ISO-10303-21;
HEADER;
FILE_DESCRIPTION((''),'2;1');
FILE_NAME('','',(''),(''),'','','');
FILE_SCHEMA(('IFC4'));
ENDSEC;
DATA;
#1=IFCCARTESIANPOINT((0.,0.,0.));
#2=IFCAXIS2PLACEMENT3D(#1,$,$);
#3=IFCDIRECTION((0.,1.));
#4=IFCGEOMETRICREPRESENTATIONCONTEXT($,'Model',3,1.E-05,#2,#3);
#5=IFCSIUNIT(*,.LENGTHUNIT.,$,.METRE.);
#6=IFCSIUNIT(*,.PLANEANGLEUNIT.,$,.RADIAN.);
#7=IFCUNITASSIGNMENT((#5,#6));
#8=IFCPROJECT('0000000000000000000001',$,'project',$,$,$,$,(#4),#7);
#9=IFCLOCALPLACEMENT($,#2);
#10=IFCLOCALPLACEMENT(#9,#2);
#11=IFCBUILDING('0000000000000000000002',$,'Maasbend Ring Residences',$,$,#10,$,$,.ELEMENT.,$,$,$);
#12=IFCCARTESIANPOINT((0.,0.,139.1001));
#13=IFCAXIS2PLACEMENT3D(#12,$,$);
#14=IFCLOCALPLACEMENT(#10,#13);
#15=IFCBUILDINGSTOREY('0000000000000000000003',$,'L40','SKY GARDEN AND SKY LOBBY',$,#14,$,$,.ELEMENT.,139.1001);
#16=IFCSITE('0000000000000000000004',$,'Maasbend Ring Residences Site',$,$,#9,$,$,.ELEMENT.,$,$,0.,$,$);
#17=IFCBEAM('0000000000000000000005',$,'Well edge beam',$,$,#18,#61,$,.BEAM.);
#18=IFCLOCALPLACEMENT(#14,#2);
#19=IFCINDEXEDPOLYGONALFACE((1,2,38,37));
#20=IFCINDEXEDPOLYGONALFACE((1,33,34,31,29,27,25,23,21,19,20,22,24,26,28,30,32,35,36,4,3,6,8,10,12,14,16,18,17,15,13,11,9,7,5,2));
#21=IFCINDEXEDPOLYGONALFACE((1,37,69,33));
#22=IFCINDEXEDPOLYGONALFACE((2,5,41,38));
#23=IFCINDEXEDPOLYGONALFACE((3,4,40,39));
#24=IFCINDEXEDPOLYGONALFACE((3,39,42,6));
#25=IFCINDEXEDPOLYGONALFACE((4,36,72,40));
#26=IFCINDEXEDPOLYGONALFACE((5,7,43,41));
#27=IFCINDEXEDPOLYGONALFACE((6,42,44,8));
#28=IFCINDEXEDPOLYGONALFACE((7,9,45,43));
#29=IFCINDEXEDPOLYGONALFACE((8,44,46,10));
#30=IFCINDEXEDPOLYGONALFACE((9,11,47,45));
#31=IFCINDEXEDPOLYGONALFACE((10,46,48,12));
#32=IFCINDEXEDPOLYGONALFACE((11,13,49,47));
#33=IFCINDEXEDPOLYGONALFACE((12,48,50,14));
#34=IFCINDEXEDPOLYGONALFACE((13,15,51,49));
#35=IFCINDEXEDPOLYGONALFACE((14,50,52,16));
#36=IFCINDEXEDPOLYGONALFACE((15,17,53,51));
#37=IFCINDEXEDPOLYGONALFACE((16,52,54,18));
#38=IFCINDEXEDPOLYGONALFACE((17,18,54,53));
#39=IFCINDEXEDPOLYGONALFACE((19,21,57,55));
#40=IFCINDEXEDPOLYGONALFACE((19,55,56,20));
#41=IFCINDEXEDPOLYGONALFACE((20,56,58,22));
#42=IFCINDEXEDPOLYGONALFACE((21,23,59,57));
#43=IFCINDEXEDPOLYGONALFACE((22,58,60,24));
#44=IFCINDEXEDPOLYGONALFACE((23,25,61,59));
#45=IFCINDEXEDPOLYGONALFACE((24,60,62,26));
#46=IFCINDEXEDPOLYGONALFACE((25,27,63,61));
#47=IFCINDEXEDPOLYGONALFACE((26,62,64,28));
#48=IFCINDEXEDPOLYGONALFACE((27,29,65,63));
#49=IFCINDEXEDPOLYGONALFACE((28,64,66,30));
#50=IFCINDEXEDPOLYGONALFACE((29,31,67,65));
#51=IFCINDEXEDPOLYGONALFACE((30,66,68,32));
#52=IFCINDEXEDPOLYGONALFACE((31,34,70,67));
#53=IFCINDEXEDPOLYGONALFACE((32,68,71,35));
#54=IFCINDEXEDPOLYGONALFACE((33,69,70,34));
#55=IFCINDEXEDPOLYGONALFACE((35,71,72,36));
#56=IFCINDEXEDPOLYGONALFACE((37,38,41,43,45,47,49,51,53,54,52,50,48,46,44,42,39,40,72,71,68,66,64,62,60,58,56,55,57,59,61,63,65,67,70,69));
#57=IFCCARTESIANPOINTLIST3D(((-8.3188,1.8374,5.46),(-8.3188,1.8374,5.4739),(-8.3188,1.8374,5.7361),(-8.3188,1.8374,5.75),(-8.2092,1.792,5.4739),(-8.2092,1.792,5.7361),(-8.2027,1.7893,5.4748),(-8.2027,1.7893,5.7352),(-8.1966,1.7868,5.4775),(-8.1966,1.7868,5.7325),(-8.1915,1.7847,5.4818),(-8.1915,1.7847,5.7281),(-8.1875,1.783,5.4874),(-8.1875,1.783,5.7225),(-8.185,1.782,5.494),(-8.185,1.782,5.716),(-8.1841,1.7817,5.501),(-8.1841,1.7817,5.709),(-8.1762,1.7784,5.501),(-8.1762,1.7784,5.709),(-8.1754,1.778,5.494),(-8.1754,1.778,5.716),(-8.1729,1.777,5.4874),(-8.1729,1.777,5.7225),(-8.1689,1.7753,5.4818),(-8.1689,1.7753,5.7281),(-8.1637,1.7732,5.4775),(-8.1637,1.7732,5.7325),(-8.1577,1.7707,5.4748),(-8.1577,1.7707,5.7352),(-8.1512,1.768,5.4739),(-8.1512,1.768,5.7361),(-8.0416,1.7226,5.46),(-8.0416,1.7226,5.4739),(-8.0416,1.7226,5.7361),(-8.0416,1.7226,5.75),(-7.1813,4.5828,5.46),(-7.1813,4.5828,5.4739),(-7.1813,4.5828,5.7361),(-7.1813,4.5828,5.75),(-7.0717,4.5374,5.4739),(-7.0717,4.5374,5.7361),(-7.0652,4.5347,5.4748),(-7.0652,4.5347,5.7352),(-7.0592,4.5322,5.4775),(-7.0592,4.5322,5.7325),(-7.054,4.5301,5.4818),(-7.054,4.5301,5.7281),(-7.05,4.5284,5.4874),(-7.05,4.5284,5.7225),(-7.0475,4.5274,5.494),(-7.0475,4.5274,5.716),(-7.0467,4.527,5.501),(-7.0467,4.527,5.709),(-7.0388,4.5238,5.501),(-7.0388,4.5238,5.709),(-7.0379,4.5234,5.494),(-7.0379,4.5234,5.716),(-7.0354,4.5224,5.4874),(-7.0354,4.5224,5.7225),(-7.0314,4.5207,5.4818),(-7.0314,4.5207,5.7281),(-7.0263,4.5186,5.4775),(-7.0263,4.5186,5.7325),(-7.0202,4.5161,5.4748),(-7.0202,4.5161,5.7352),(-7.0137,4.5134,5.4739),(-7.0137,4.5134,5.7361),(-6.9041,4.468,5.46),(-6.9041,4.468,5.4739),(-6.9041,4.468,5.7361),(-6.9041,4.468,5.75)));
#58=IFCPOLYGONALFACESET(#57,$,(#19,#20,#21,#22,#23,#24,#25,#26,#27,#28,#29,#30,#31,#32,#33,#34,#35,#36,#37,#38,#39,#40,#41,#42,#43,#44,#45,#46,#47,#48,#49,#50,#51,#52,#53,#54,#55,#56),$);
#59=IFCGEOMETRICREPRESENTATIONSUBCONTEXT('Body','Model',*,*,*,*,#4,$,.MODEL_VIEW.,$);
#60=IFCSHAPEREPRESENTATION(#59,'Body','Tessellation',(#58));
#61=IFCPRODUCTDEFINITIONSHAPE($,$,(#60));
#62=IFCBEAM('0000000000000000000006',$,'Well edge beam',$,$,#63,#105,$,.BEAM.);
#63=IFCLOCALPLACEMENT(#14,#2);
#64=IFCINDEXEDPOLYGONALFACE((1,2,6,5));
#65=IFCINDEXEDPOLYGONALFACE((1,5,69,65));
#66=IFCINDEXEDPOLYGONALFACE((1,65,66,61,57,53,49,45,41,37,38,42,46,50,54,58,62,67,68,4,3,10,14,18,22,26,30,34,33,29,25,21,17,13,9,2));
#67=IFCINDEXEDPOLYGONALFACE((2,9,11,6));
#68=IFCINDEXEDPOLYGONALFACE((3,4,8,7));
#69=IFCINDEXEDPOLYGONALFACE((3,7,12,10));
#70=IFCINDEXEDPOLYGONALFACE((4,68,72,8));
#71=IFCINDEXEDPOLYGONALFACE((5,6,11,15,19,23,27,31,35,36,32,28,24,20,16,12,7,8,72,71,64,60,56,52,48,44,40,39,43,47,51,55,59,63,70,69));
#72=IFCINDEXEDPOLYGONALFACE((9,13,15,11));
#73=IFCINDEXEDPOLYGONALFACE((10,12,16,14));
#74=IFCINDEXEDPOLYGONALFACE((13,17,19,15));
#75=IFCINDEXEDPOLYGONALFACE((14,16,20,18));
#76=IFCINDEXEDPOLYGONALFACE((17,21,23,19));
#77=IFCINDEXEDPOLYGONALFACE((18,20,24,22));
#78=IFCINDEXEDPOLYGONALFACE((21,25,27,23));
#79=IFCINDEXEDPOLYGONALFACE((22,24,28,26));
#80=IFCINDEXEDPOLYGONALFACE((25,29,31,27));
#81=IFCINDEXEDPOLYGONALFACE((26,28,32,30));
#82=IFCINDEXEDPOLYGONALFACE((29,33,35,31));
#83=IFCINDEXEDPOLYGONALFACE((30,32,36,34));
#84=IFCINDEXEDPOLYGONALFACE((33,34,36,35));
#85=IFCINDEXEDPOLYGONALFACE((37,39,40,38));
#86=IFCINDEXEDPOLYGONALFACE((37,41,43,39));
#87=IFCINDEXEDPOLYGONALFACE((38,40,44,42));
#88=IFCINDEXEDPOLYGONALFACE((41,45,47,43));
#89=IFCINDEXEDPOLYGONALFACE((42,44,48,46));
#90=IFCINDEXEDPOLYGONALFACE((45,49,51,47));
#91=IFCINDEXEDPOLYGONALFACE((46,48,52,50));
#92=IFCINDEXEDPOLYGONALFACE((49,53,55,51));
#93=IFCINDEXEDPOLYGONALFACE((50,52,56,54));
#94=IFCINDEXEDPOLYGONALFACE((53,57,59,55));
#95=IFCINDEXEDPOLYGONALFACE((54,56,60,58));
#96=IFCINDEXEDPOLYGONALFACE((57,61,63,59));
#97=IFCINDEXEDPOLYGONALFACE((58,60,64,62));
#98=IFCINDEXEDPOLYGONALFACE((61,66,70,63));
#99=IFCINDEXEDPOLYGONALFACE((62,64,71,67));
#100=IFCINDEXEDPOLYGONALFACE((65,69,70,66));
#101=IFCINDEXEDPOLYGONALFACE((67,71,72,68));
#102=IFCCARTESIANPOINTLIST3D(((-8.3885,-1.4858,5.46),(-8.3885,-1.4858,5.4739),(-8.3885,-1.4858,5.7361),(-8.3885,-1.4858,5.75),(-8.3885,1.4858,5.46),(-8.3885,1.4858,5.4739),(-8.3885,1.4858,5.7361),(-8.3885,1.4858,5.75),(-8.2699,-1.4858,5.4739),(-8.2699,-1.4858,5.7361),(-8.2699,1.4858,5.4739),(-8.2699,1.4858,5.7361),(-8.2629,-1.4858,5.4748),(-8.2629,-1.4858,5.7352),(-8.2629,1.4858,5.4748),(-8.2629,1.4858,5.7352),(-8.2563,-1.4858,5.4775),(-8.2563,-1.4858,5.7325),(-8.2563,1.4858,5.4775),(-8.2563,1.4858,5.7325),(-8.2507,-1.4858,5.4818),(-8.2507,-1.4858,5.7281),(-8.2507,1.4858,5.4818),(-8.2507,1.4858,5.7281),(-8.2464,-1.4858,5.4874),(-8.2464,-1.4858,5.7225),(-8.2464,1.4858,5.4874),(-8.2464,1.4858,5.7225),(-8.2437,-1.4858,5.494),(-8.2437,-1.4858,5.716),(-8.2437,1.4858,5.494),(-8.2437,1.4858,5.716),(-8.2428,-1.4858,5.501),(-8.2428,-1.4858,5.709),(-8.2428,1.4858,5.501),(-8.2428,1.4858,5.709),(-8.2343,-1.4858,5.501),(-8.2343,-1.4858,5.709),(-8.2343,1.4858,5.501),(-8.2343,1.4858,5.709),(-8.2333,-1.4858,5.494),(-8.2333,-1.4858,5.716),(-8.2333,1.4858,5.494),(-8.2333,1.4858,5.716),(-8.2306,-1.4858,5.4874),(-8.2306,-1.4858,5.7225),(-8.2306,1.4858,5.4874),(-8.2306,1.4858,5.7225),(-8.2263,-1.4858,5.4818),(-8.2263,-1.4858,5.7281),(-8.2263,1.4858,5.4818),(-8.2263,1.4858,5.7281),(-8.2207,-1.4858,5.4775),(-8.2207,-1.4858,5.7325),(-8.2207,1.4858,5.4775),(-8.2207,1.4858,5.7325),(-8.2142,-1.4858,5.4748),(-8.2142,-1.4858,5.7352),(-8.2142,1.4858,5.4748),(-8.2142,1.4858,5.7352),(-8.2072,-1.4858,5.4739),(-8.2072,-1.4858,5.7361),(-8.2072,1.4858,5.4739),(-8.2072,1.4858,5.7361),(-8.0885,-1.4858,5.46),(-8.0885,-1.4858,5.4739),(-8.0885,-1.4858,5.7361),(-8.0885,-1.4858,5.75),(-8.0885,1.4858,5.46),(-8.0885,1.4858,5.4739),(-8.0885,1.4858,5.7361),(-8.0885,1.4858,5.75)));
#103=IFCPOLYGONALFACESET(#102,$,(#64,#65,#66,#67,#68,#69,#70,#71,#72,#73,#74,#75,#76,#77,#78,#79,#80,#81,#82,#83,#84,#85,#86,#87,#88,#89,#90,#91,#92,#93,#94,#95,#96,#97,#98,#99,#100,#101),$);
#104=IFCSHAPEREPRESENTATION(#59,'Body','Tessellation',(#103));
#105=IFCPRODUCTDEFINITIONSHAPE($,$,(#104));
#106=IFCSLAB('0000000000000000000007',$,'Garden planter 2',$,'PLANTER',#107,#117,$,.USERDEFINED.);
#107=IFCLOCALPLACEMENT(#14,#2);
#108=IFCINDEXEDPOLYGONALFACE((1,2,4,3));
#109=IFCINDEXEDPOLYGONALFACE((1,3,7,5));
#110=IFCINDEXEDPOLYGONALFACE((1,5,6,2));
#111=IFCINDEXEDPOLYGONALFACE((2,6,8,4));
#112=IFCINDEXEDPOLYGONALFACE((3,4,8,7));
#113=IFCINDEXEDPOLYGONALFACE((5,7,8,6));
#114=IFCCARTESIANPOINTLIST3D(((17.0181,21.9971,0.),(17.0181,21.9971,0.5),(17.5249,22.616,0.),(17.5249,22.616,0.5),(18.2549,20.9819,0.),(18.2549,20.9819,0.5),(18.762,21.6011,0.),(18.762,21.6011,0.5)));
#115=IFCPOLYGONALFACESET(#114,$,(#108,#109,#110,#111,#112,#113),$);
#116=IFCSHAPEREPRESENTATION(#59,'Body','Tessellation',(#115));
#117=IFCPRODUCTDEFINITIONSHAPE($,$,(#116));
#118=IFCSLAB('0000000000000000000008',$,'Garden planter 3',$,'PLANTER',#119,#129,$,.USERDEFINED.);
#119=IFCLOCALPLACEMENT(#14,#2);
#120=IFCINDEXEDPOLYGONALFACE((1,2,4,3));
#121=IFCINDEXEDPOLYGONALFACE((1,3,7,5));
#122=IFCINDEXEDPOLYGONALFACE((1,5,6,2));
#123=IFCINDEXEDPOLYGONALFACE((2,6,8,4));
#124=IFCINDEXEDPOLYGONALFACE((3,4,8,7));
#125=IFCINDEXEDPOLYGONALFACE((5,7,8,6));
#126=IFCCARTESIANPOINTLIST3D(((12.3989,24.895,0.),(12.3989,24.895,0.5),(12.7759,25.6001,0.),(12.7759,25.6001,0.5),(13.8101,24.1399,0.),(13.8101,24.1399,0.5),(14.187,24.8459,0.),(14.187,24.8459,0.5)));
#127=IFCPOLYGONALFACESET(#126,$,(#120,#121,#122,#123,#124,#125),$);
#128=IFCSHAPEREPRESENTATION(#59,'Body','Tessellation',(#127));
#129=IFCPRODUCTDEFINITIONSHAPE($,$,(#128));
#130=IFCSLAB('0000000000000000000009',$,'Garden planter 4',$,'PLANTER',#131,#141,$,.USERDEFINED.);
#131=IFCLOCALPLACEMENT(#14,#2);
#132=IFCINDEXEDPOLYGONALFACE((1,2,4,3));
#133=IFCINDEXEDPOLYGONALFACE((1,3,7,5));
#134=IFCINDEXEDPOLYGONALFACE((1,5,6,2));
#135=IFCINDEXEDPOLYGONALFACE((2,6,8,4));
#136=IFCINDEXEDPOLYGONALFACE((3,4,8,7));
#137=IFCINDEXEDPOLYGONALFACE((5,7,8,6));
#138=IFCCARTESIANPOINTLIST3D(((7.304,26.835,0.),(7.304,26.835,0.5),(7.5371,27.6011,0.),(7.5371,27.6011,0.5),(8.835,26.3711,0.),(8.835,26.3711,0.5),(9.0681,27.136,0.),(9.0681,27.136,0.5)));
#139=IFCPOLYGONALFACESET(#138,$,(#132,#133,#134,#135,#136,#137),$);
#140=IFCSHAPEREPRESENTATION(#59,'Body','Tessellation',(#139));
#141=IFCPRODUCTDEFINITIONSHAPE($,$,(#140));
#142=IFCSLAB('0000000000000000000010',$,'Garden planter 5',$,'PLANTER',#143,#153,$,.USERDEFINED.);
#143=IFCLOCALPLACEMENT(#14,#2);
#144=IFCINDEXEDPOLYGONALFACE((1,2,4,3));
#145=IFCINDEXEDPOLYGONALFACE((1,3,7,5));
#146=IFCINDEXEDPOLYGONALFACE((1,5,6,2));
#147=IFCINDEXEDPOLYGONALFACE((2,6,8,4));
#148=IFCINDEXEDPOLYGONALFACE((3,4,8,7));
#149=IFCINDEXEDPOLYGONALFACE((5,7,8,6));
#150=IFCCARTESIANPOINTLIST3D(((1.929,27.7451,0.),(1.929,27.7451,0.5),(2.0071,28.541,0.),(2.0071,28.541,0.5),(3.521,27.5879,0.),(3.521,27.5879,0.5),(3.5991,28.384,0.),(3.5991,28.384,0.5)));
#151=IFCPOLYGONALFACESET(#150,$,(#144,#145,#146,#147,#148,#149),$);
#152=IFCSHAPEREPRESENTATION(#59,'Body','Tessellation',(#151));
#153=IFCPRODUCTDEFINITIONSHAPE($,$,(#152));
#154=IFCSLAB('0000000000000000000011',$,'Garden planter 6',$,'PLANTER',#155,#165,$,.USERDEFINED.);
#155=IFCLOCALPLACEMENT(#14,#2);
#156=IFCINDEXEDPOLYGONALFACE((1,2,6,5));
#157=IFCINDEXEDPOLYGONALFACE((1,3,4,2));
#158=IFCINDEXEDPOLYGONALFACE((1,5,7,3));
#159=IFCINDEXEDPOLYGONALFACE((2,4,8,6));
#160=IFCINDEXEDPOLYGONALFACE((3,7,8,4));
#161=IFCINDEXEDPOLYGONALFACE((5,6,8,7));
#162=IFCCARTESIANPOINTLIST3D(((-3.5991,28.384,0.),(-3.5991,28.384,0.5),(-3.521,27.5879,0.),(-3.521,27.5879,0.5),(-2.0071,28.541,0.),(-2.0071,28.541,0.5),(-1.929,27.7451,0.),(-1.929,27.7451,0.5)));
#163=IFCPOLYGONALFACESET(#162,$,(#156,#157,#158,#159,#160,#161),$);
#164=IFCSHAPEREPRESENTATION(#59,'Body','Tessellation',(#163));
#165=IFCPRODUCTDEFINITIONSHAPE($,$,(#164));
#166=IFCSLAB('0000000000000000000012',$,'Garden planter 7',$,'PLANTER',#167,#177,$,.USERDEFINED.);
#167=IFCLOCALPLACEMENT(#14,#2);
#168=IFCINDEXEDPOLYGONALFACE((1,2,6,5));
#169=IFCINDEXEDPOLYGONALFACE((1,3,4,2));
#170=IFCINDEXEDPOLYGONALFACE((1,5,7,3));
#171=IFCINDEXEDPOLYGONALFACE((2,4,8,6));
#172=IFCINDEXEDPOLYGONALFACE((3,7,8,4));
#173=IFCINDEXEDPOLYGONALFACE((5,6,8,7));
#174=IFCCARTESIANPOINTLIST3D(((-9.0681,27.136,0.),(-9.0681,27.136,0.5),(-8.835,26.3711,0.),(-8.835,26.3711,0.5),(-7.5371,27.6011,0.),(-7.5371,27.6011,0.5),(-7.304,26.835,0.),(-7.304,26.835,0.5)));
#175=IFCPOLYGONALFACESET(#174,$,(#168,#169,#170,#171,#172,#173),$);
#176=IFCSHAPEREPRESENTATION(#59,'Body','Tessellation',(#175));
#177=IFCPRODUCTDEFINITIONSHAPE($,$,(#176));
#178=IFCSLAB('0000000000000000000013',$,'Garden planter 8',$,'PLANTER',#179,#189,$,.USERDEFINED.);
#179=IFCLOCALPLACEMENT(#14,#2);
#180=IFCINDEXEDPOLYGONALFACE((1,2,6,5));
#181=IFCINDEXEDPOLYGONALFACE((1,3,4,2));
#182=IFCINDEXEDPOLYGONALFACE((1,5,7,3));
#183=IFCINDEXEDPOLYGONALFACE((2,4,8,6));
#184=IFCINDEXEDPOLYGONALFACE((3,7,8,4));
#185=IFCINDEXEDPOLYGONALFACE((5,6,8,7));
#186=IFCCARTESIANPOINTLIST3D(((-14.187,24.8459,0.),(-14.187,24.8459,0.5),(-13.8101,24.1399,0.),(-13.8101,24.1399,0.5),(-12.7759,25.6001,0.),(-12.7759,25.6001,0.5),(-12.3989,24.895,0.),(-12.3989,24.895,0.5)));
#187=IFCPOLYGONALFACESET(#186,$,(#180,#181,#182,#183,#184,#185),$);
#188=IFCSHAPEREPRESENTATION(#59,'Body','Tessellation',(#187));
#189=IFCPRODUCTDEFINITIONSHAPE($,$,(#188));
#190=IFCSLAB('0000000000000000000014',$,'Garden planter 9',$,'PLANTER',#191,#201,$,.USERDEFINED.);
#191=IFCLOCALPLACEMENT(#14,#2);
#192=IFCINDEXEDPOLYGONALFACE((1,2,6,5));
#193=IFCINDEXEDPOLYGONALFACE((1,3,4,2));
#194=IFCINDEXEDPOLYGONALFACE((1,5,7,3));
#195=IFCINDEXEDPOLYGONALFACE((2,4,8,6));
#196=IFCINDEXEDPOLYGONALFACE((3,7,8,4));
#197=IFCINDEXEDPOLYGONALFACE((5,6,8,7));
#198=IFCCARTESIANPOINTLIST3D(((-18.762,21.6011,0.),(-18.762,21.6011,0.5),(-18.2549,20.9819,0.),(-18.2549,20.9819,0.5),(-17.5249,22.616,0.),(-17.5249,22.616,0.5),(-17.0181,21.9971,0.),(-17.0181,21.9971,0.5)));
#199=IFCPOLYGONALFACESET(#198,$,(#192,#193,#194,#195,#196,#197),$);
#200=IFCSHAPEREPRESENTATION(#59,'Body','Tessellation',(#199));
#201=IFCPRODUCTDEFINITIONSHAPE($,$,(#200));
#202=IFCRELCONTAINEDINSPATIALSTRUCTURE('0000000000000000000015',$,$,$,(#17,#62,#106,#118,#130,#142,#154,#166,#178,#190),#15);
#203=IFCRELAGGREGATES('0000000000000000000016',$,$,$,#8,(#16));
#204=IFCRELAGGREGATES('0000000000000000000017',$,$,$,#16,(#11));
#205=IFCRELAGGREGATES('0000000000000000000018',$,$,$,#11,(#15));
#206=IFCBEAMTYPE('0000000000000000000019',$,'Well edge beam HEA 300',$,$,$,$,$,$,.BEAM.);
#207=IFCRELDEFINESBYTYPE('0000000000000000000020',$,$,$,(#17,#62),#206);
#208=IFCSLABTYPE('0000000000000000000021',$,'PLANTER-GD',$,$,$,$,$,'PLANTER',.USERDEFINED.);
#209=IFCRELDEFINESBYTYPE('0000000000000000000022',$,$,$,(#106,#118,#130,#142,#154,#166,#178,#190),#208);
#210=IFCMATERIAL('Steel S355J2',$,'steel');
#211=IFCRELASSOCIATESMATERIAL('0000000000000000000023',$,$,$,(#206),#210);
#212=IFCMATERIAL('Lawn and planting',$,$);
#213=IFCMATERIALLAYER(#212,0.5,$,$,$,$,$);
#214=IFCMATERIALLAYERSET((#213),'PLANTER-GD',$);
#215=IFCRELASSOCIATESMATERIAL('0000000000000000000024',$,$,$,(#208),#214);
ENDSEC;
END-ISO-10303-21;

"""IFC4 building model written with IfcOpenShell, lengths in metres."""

from ifc_helpers import new_model, si_unit, direction, frame, origin, origin_2d, place, context, subcontext, project, spatial, polyline, i_section, outline, extrude, material, layer, layer_set, material_profile, profile_set, type_object, element, save


model = new_model("IFC4")

# Units and contexts
model_context = context("Model", 3, precision=1e-05, world=origin(), true_north=direction((0.0, 1.0)))
body_context = subcontext(model_context, "Body", "Model", "MODEL_VIEW")
ifc_project = project(units=[si_unit("LENGTHUNIT", "METRE"), si_unit("PLANEANGLEUNIT", "RADIAN")], contexts=[model_context])

# Site, building, storey
site_placement = place(None, origin())
site = spatial("IfcSite", under=ifc_project, at=site_placement, Name="Maasbend Ring Residences Site", CompositionType="ELEMENT", RefElevation=0.0)
building_placement = place(site_placement, origin())
building = spatial("IfcBuilding", under=site, at=building_placement, Name="Maasbend Ring Residences", CompositionType="ELEMENT")
storey_placement = place(building_placement, frame((0.0, 0.0, 139.1001)))
storey = spatial("IfcBuildingStorey", under=building, at=storey_placement, Name="L40", Description="SKY GARDEN AND SKY LOBBY", CompositionType="ELEMENT", Elevation=139.1001)

# Beams
ifc_material_1 = material(Name="Steel S355J2", Category="steel")
ifc_material_profile_1 = material_profile(ifc_material_1, i_section(OverallWidth=0.3, OverallDepth=0.29, WebThickness=0.0085, FlangeThickness=0.0139, FilletRadius=0.0271, at=origin_2d()), Name="HEA 300")
ifc_profile_set_1 = profile_set([ifc_material_profile_1], Name="Steel S355J2")
beam_type = type_object("IfcBeamType", Name="Well edge beam HEA 300", PredefinedType="BEAM", material=ifc_profile_set_1)
for number, where, z_axis, x_axis, name in (
    (1, (-7.0427, 4.5254, 5.605), (-0.382765, -0.923846, 0.0), (0.923846, -0.382765, 0.0), "Well edge beam"),
    (2, (-8.2385, 1.4858, 5.605), (0.0, -1.0, 0.0), (1.0, 0.0, 0.0), "Well edge beam"),
):
    element("IfcBeam", number, at=place(storey_placement, frame(where, z_axis=z_axis, x_axis=x_axis)), inside=storey, type_object=beam_type, Name=name, PredefinedType="BEAM", context=body_context, shape_type="SweptSolid", body=[
        extrude(i_section(OverallWidth=0.3, OverallDepth=0.29, WebThickness=0.0085, FlangeThickness=0.0139, FilletRadius=0.0271, at=origin_2d()), origin(), (0.0, 0.0, 1.0), 2.9717),
    ])

# Slabs
ifc_material_2 = material(Name="Lawn and planting")
ifc_layer_1 = layer(ifc_material_2, 0.5)
ifc_layer_set_1 = layer_set([ifc_layer_1], Name="PLANTER-GD")
slab_type = type_object("IfcSlabType", Name="PLANTER-GD", ElementType="PLANTER", PredefinedType="USERDEFINED", material=ifc_layer_set_1)
slab_1_placement = place(storey_placement, origin())
element("IfcSlab", 3, at=slab_1_placement, inside=storey, type_object=slab_type, Name="Garden planter 2", ObjectType="PLANTER", PredefinedType="USERDEFINED", context=body_context, shape_type="SweptSolid", body=[
    extrude(outline(polyline([(18.762, 21.6011), (17.5249, 22.616), (17.0181, 21.9971), (18.2549, 20.9819), (18.762, 21.6011)])), origin(), (0.0, 0.0, 1.0), 0.5),
])
slab_2_placement = place(storey_placement, origin())
element("IfcSlab", 4, at=slab_2_placement, inside=storey, type_object=slab_type, Name="Garden planter 3", ObjectType="PLANTER", PredefinedType="USERDEFINED", context=body_context, shape_type="SweptSolid", body=[
    extrude(outline(polyline([(14.187, 24.8459), (12.7759, 25.6001), (12.3989, 24.895), (13.8101, 24.1399), (14.187, 24.8459)])), origin(), (0.0, 0.0, 1.0), 0.5),
])
slab_3_placement = place(storey_placement, origin())
element("IfcSlab", 5, at=slab_3_placement, inside=storey, type_object=slab_type, Name="Garden planter 4", ObjectType="PLANTER", PredefinedType="USERDEFINED", context=body_context, shape_type="SweptSolid", body=[
    extrude(outline(polyline([(9.0681, 27.136), (7.5371, 27.6011), (7.304, 26.835), (8.835, 26.3711), (9.0681, 27.136)])), origin(), (0.0, 0.0, 1.0), 0.5),
])
slab_4_placement = place(storey_placement, origin())
element("IfcSlab", 6, at=slab_4_placement, inside=storey, type_object=slab_type, Name="Garden planter 5", ObjectType="PLANTER", PredefinedType="USERDEFINED", context=body_context, shape_type="SweptSolid", body=[
    extrude(outline(polyline([(3.5991, 28.384), (2.0071, 28.541), (1.929, 27.7451), (3.521, 27.5879), (3.5991, 28.384)])), origin(), (0.0, 0.0, 1.0), 0.5),
])
slab_5_placement = place(storey_placement, origin())
element("IfcSlab", 7, at=slab_5_placement, inside=storey, type_object=slab_type, Name="Garden planter 6", ObjectType="PLANTER", PredefinedType="USERDEFINED", context=body_context, shape_type="SweptSolid", body=[
    extrude(outline(polyline([(-2.0071, 28.541), (-3.5991, 28.384), (-3.521, 27.5879), (-1.929, 27.7451), (-2.0071, 28.541)])), origin(), (0.0, 0.0, 1.0), 0.5),
])
slab_6_placement = place(storey_placement, origin())
element("IfcSlab", 8, at=slab_6_placement, inside=storey, type_object=slab_type, Name="Garden planter 7", ObjectType="PLANTER", PredefinedType="USERDEFINED", context=body_context, shape_type="SweptSolid", body=[
    extrude(outline(polyline([(-7.5371, 27.6011), (-9.0681, 27.136), (-8.835, 26.3711), (-7.304, 26.835), (-7.5371, 27.6011)])), origin(), (0.0, 0.0, 1.0), 0.5),
])
slab_7_placement = place(storey_placement, origin())
element("IfcSlab", 9, at=slab_7_placement, inside=storey, type_object=slab_type, Name="Garden planter 8", ObjectType="PLANTER", PredefinedType="USERDEFINED", context=body_context, shape_type="SweptSolid", body=[
    extrude(outline(polyline([(-12.7759, 25.6001), (-14.187, 24.8459), (-13.8101, 24.1399), (-12.3989, 24.895), (-12.7759, 25.6001)])), origin(), (0.0, 0.0, 1.0), 0.5),
])
slab_8_placement = place(storey_placement, origin())
element("IfcSlab", 10, at=slab_8_placement, inside=storey, type_object=slab_type, Name="Garden planter 9", ObjectType="PLANTER", PredefinedType="USERDEFINED", context=body_context, shape_type="SweptSolid", body=[
    extrude(outline(polyline([(-17.5249, 22.616), (-18.762, 21.6011), (-18.2549, 20.9819), (-17.0181, 21.9971), (-17.5249, 22.616)])), origin(), (0.0, 0.0, 1.0), 0.5),
])

save(model, "model.ifc")
